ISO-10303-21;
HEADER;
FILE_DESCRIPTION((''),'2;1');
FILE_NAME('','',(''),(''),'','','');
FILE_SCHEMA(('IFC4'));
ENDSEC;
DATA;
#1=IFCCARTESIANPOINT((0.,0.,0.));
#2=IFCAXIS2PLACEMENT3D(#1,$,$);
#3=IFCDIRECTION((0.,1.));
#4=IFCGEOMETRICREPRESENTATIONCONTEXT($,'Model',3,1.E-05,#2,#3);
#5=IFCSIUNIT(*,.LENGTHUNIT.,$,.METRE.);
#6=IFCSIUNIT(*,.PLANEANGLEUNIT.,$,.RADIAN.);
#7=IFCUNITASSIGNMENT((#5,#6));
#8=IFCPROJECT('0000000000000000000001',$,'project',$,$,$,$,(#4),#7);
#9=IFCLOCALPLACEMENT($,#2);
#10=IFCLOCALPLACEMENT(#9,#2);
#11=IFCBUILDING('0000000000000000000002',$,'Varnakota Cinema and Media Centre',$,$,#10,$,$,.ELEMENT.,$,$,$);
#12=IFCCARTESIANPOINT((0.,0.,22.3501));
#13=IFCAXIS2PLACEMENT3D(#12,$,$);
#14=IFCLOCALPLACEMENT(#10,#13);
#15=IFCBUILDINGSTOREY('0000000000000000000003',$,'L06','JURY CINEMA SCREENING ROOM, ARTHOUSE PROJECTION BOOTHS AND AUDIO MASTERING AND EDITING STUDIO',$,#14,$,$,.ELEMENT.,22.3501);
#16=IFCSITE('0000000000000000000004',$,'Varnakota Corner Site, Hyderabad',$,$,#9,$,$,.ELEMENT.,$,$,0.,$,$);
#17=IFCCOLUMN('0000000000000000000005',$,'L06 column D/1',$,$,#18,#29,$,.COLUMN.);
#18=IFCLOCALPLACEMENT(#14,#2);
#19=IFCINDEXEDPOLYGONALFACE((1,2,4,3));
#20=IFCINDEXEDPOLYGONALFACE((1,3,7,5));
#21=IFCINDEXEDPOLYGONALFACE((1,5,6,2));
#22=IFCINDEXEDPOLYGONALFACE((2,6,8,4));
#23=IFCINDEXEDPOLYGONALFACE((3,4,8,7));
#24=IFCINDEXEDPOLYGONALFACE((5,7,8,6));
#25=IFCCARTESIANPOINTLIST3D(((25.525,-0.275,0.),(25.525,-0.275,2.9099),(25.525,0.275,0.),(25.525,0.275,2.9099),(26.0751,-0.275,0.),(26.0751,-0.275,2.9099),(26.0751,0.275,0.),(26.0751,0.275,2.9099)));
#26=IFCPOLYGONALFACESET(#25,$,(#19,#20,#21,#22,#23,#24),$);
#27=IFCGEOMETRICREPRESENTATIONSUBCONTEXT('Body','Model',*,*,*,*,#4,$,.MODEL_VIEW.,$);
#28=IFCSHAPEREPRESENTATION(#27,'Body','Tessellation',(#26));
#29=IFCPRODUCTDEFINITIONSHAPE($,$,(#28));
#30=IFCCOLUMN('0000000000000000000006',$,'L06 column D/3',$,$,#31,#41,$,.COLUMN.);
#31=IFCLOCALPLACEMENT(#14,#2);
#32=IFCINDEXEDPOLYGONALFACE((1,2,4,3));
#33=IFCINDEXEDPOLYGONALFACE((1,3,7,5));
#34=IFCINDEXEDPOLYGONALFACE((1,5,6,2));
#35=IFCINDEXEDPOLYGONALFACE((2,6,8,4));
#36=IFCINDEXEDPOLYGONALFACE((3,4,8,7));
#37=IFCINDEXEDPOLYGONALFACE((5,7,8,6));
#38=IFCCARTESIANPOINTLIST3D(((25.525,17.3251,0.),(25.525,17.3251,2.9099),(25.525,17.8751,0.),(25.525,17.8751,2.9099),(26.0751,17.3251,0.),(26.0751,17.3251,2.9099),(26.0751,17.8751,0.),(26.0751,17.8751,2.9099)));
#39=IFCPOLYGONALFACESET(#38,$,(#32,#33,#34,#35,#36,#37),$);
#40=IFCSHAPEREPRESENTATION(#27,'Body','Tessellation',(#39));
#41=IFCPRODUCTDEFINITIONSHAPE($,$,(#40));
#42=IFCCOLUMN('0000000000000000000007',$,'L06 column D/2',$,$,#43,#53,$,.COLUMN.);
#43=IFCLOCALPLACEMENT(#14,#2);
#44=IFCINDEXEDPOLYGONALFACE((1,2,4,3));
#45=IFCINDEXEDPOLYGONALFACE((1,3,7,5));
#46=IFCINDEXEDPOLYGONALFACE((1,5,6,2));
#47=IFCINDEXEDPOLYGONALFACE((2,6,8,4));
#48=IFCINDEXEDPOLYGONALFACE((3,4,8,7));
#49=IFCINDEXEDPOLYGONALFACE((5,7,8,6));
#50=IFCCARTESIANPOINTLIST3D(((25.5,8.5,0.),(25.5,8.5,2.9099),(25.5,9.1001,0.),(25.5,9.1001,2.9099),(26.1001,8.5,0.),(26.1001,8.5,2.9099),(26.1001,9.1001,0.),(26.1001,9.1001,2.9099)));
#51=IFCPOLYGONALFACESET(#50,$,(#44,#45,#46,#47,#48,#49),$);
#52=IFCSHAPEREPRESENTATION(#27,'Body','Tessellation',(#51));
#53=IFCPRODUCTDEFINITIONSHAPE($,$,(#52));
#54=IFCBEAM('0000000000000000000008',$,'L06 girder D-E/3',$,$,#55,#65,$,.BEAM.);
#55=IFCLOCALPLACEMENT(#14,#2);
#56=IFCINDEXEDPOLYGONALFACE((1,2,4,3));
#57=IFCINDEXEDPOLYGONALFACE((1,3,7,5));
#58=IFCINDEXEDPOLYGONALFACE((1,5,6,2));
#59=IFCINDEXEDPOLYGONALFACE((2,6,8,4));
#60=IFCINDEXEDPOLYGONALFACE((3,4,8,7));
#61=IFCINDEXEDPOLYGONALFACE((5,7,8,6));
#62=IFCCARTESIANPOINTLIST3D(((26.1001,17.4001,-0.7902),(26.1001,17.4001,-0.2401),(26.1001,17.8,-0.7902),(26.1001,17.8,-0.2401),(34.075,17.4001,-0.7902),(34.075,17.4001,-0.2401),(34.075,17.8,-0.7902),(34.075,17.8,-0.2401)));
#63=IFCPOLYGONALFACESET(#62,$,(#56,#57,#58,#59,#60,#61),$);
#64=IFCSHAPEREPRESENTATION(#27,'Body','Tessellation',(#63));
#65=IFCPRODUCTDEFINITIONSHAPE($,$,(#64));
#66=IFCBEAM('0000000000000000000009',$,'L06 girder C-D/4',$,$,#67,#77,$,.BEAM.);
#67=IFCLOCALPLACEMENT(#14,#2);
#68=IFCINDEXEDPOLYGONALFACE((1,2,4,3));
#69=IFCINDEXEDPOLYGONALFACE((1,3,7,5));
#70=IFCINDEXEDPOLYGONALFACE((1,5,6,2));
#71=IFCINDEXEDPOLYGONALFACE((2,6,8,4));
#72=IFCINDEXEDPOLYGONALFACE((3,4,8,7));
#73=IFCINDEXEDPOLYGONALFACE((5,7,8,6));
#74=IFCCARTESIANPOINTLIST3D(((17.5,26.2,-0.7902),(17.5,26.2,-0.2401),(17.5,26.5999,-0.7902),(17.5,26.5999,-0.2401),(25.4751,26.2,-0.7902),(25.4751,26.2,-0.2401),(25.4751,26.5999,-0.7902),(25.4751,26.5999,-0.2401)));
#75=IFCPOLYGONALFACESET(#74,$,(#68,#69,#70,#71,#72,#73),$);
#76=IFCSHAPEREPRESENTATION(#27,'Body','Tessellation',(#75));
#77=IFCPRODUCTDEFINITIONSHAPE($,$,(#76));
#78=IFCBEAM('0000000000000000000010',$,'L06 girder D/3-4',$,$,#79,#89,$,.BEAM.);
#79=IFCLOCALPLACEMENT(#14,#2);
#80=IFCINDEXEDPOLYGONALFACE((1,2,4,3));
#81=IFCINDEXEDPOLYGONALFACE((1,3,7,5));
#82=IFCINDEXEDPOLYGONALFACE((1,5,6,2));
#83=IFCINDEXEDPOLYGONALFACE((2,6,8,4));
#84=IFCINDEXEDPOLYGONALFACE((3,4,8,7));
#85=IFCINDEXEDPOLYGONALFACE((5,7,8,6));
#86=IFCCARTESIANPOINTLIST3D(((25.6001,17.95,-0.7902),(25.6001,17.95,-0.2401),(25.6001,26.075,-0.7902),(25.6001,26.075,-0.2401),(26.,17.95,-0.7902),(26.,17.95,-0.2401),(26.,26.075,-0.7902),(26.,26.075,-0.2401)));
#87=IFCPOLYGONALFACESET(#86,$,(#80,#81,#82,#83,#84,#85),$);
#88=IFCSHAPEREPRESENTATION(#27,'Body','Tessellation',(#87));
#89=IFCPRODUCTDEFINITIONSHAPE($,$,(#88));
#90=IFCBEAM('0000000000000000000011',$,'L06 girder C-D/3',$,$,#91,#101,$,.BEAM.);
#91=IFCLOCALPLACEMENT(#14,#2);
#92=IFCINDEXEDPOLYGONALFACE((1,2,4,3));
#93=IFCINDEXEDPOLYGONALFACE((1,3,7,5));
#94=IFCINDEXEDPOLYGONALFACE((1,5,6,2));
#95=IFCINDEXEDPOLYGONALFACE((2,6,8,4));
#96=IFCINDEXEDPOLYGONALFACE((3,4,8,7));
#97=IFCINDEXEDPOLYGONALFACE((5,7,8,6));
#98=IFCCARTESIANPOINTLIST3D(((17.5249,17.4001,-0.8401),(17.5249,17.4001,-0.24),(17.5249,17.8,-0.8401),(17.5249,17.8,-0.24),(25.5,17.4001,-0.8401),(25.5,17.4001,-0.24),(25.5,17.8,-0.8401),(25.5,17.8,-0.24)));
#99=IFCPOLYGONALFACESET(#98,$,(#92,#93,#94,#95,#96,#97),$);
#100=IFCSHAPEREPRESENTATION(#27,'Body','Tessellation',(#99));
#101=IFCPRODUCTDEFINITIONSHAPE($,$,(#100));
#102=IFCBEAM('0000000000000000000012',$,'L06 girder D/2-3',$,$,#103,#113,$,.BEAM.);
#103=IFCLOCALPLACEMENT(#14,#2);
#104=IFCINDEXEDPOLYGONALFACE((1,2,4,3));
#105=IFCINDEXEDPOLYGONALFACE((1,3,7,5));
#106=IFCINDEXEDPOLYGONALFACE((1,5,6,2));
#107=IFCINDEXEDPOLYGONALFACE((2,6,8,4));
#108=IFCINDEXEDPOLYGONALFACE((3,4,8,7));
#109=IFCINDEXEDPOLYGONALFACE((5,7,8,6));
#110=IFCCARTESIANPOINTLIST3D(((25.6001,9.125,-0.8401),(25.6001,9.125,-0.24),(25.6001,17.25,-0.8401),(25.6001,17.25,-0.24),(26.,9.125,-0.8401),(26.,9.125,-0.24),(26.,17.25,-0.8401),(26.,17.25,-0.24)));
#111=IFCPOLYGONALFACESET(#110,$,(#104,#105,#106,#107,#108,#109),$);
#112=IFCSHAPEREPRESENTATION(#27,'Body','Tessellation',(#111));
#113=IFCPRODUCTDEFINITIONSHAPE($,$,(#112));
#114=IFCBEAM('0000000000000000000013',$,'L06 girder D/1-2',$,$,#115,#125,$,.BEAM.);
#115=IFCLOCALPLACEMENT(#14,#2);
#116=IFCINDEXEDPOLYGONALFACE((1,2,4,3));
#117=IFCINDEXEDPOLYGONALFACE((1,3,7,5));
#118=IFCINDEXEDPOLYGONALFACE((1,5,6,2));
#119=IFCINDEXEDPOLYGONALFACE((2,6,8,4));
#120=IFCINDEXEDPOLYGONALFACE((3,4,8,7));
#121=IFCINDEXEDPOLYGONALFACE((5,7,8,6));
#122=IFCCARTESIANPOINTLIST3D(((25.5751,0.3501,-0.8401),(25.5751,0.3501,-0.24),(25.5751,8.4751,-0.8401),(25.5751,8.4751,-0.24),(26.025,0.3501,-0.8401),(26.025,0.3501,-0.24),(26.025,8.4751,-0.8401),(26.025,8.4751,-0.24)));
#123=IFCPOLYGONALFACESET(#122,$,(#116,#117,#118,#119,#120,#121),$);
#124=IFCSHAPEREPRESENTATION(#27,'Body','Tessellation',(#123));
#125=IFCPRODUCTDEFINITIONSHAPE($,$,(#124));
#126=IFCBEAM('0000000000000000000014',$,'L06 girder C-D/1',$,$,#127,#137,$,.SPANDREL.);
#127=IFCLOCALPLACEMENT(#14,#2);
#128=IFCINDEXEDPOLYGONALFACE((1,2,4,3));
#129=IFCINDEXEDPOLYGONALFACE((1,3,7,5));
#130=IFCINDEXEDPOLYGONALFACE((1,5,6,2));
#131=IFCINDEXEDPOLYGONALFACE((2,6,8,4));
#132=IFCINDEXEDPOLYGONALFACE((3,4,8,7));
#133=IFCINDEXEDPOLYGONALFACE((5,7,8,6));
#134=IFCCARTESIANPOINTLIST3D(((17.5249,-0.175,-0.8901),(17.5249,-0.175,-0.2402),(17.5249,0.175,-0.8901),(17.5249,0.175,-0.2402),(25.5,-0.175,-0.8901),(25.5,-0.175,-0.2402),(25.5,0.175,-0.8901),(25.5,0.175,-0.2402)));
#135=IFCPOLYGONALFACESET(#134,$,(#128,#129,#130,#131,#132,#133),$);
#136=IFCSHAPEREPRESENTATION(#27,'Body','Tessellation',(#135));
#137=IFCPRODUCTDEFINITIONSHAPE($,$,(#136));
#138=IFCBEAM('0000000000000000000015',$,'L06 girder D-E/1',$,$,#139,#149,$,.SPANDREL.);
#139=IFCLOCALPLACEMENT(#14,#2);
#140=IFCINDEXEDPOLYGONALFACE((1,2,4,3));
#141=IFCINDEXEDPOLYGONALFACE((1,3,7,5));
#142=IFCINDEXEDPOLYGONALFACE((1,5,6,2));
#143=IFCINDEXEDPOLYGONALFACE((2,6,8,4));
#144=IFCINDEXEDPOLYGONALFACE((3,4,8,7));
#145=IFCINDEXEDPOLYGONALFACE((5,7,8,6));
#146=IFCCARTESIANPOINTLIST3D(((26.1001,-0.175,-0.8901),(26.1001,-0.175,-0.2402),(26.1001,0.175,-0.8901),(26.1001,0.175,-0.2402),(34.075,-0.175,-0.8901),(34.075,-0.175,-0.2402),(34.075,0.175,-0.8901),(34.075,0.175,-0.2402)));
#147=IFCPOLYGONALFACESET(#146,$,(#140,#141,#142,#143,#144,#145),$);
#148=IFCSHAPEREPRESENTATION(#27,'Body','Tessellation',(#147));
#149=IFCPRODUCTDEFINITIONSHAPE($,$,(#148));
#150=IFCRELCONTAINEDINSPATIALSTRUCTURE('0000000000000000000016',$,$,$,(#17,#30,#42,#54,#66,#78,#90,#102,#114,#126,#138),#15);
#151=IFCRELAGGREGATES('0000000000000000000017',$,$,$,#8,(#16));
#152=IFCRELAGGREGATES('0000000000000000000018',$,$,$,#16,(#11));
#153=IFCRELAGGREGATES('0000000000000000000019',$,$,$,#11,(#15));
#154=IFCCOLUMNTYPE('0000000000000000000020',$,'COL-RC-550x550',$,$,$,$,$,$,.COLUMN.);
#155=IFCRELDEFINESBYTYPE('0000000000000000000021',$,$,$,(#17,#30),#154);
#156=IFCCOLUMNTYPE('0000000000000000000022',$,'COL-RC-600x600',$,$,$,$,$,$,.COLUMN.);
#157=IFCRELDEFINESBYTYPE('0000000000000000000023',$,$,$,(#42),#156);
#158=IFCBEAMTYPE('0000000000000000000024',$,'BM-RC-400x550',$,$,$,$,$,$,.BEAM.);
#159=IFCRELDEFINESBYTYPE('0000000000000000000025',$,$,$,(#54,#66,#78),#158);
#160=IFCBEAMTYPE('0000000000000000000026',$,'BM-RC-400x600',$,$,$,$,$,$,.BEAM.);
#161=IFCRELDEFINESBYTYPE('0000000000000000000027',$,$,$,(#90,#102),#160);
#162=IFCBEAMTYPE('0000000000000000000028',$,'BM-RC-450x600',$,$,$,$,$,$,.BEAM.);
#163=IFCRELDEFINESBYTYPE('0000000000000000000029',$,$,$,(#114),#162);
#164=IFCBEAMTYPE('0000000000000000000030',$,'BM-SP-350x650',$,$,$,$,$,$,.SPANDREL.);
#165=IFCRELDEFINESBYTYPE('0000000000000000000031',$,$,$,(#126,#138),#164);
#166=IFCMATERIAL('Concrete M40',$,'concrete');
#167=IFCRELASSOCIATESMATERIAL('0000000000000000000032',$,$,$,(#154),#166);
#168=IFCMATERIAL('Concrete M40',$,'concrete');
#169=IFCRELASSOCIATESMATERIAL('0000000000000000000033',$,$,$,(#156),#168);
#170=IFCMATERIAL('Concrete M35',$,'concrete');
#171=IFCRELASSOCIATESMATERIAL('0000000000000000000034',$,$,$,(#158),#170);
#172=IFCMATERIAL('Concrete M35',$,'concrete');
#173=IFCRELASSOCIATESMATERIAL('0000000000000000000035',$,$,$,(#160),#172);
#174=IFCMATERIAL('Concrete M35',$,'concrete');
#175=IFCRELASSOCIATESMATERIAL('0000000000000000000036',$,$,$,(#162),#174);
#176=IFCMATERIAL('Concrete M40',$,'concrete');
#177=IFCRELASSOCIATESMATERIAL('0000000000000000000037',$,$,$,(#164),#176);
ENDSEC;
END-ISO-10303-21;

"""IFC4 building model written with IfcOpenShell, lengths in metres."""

from ifc_helpers import new_model, si_unit, direction, frame, origin, origin_2d, place, context, subcontext, project, spatial, rectangle, extrude, material, material_profile, profile_set, type_object, element, save


model = new_model("IFC4")

# Units and contexts
model_context = context("Model", 3, precision=1e-05, world=origin(), true_north=direction((0.0, 1.0)))
body_context = subcontext(model_context, "Body", "Model", "MODEL_VIEW")
ifc_project = project(units=[si_unit("LENGTHUNIT", "METRE"), si_unit("PLANEANGLEUNIT", "RADIAN")], contexts=[model_context])

# Site, building, storey
site_placement = place(None, origin())
site = spatial("IfcSite", under=ifc_project, at=site_placement, Name="Varnakota Corner Site, Hyderabad", CompositionType="ELEMENT", RefElevation=0.0)
building_placement = place(site_placement, origin())
building = spatial("IfcBuilding", under=site, at=building_placement, Name="Varnakota Cinema and Media Centre", CompositionType="ELEMENT")
storey_placement = place(building_placement, frame((0.0, 0.0, 22.3501)))
storey = spatial("IfcBuildingStorey", under=building, at=storey_placement, Name="L06", Description="JURY CINEMA SCREENING ROOM, ARTHOUSE PROJECTION BOOTHS AND AUDIO MASTERING AND EDITING STUDIO", CompositionType="ELEMENT", Elevation=22.3501)

# Columns
ifc_material_1 = material(Name="Concrete M40", Category="concrete")
ifc_material_profile_1 = material_profile(ifc_material_1, rectangle(XDim=0.55, YDim=0.55, at=origin_2d()), Name="RC 550x550")
ifc_profile_set_1 = profile_set([ifc_material_profile_1], Name="Concrete M40")
column_type_1 = type_object("IfcColumnType", Name="COL-RC-550x550", PredefinedType="COLUMN", material=ifc_profile_set_1)
for number, where, z_axis, x_axis, name in (
    (1, (25.8, 0.0, 0.0), (0.0, 0.0, 1.0), (1.0, 0.0, 0.0), "L06 column D/1"),
    (2, (25.8, 17.6001, 0.0), (0.0, 0.0, 1.0), (1.0, 0.0, 0.0), "L06 column D/3"),
):
    element("IfcColumn", number, at=place(storey_placement, frame(where, z_axis=z_axis, x_axis=x_axis)), inside=storey, type_object=column_type_1, Name=name, PredefinedType="COLUMN", context=body_context, shape_type="SweptSolid", body=[
        extrude(rectangle(XDim=0.55, YDim=0.55, at=origin_2d()), origin(), (0.0, 0.0, 1.0), 2.9099),
    ])
ifc_material_2 = material(Name="Concrete M40", Category="concrete")
ifc_material_profile_2 = material_profile(ifc_material_2, rectangle(XDim=0.6001, YDim=0.6001, at=origin_2d()), Name="RC 600x600")
ifc_profile_set_2 = profile_set([ifc_material_profile_2], Name="Concrete M40")
column_type_2 = type_object("IfcColumnType", Name="COL-RC-600x600", PredefinedType="COLUMN", material=ifc_profile_set_2)
column_placement = place(storey_placement, frame((25.8, 8.8, 0.0), z_axis=(0.0, 0.0, 1.0), x_axis=(1.0, 0.0, 0.0)))
element("IfcColumn", 3, at=column_placement, inside=storey, type_object=column_type_2, Name="L06 column D/2", PredefinedType="COLUMN", context=body_context, shape_type="SweptSolid", body=[
    extrude(rectangle(XDim=0.6001, YDim=0.6001, at=origin_2d()), origin(), (0.0, 0.0, 1.0), 2.9099),
])

# Beams
ifc_material_3 = material(Name="Concrete M35", Category="concrete")
ifc_material_profile_3 = material_profile(ifc_material_3, rectangle(XDim=0.3999, YDim=0.55, at=origin_2d()), Name="RCB 400x550")
ifc_profile_set_3 = profile_set([ifc_material_profile_3], Name="Concrete M35")
beam_type_1 = type_object("IfcBeamType", Name="BM-RC-400x550", PredefinedType="BEAM", material=ifc_profile_set_3)
beam_1_placement = place(storey_placement, frame((26.1001, 17.6001, -0.5151), z_axis=(1.0, 0.0, 0.0), x_axis=(0.0, 1.0, 0.0)))
element("IfcBeam", 4, at=beam_1_placement, inside=storey, type_object=beam_type_1, Name="L06 girder D-E/3", PredefinedType="BEAM", context=body_context, shape_type="SweptSolid", body=[
    extrude(rectangle(XDim=0.3999, YDim=0.55, at=origin_2d()), origin(), (0.0, 0.0, 1.0), 7.9749),
])
beam_2_placement = place(storey_placement, frame((17.5, 26.3999, -0.5151), z_axis=(1.0, 0.0, 0.0), x_axis=(0.0, 1.0, 0.0)))
element("IfcBeam", 5, at=beam_2_placement, inside=storey, type_object=beam_type_1, Name="L06 girder C-D/4", PredefinedType="BEAM", context=body_context, shape_type="SweptSolid", body=[
    extrude(rectangle(XDim=0.3999, YDim=0.55, at=origin_2d()), origin(), (0.0, 0.0, 1.0), 7.9751),
])
beam_3_placement = place(storey_placement, frame((25.8, 17.95, -0.5151), z_axis=(0.0, 1.0, 0.0), x_axis=(-1.0, 0.0, 0.0)))
element("IfcBeam", 6, at=beam_3_placement, inside=storey, type_object=beam_type_1, Name="L06 girder D/3-4", PredefinedType="BEAM", context=body_context, shape_type="SweptSolid", body=[
    extrude(rectangle(XDim=0.3999, YDim=0.55, at=origin_2d()), origin(), (0.0, 0.0, 1.0), 8.125),
])
ifc_material_4 = material(Name="Concrete M35", Category="concrete")
ifc_material_profile_4 = material_profile(ifc_material_4, rectangle(XDim=0.3999, YDim=0.6001, at=origin_2d()), Name="RCB 400x600")
ifc_profile_set_4 = profile_set([ifc_material_profile_4], Name="Concrete M35")
beam_type_2 = type_object("IfcBeamType", Name="BM-RC-400x600", PredefinedType="BEAM", material=ifc_profile_set_4)
beam_4_placement = place(storey_placement, frame((17.5249, 17.6001, -0.54), z_axis=(1.0, 0.0, 0.0), x_axis=(0.0, 1.0, 0.0)))
element("IfcBeam", 7, at=beam_4_placement, inside=storey, type_object=beam_type_2, Name="L06 girder C-D/3", PredefinedType="BEAM", context=body_context, shape_type="SweptSolid", body=[
    extrude(rectangle(XDim=0.3999, YDim=0.6001, at=origin_2d()), origin(), (0.0, 0.0, 1.0), 7.9751),
])
beam_5_placement = place(storey_placement, frame((25.8, 9.125, -0.54), z_axis=(0.0, 1.0, 0.0), x_axis=(-1.0, 0.0, 0.0)))
element("IfcBeam", 8, at=beam_5_placement, inside=storey, type_object=beam_type_2, Name="L06 girder D/2-3", PredefinedType="BEAM", context=body_context, shape_type="SweptSolid", body=[
    extrude(rectangle(XDim=0.3999, YDim=0.6001, at=origin_2d()), origin(), (0.0, 0.0, 1.0), 8.125),
])
ifc_material_5 = material(Name="Concrete M35", Category="concrete")
ifc_material_profile_5 = material_profile(ifc_material_5, rectangle(XDim=0.45, YDim=0.6001, at=origin_2d()), Name="RCB 450x600")
ifc_profile_set_5 = profile_set([ifc_material_profile_5], Name="Concrete M35")
beam_type_3 = type_object("IfcBeamType", Name="BM-RC-450x600", PredefinedType="BEAM", material=ifc_profile_set_5)
beam_6_placement = place(storey_placement, frame((25.8, 0.3501, -0.54), z_axis=(0.0, 1.0, 0.0), x_axis=(-1.0, 0.0, 0.0)))
element("IfcBeam", 9, at=beam_6_placement, inside=storey, type_object=beam_type_3, Name="L06 girder D/1-2", PredefinedType="BEAM", context=body_context, shape_type="SweptSolid", body=[
    extrude(rectangle(XDim=0.45, YDim=0.6001, at=origin_2d()), origin(), (0.0, 0.0, 1.0), 8.125),
])
ifc_material_6 = material(Name="Concrete M40", Category="concrete")
ifc_material_profile_6 = material_profile(ifc_material_6, rectangle(XDim=0.3501, YDim=0.6499, at=origin_2d()), Name="RCB 350x650")
ifc_profile_set_6 = profile_set([ifc_material_profile_6], Name="Concrete M40")
beam_type_4 = type_object("IfcBeamType", Name="BM-SP-350x650", PredefinedType="SPANDREL", material=ifc_profile_set_6)
beam_7_placement = place(storey_placement, frame((17.5249, 0.0, -0.5652), z_axis=(1.0, 0.0, 0.0), x_axis=(0.0, 1.0, 0.0)))
element("IfcBeam", 10, at=beam_7_placement, inside=storey, type_object=beam_type_4, Name="L06 girder C-D/1", PredefinedType="SPANDREL", context=body_context, shape_type="SweptSolid", body=[
    extrude(rectangle(XDim=0.3501, YDim=0.6499, at=origin_2d()), origin(), (0.0, 0.0, 1.0), 7.9751),
])
beam_8_placement = place(storey_placement, frame((26.1001, 0.0, -0.5652), z_axis=(1.0, 0.0, 0.0), x_axis=(0.0, 1.0, 0.0)))
element("IfcBeam", 11, at=beam_8_placement, inside=storey, type_object=beam_type_4, Name="L06 girder D-E/1", PredefinedType="SPANDREL", context=body_context, shape_type="SweptSolid", body=[
    extrude(rectangle(XDim=0.3501, YDim=0.6499, at=origin_2d()), origin(), (0.0, 0.0, 1.0), 7.9749),
])

save(model, "model.ifc")
